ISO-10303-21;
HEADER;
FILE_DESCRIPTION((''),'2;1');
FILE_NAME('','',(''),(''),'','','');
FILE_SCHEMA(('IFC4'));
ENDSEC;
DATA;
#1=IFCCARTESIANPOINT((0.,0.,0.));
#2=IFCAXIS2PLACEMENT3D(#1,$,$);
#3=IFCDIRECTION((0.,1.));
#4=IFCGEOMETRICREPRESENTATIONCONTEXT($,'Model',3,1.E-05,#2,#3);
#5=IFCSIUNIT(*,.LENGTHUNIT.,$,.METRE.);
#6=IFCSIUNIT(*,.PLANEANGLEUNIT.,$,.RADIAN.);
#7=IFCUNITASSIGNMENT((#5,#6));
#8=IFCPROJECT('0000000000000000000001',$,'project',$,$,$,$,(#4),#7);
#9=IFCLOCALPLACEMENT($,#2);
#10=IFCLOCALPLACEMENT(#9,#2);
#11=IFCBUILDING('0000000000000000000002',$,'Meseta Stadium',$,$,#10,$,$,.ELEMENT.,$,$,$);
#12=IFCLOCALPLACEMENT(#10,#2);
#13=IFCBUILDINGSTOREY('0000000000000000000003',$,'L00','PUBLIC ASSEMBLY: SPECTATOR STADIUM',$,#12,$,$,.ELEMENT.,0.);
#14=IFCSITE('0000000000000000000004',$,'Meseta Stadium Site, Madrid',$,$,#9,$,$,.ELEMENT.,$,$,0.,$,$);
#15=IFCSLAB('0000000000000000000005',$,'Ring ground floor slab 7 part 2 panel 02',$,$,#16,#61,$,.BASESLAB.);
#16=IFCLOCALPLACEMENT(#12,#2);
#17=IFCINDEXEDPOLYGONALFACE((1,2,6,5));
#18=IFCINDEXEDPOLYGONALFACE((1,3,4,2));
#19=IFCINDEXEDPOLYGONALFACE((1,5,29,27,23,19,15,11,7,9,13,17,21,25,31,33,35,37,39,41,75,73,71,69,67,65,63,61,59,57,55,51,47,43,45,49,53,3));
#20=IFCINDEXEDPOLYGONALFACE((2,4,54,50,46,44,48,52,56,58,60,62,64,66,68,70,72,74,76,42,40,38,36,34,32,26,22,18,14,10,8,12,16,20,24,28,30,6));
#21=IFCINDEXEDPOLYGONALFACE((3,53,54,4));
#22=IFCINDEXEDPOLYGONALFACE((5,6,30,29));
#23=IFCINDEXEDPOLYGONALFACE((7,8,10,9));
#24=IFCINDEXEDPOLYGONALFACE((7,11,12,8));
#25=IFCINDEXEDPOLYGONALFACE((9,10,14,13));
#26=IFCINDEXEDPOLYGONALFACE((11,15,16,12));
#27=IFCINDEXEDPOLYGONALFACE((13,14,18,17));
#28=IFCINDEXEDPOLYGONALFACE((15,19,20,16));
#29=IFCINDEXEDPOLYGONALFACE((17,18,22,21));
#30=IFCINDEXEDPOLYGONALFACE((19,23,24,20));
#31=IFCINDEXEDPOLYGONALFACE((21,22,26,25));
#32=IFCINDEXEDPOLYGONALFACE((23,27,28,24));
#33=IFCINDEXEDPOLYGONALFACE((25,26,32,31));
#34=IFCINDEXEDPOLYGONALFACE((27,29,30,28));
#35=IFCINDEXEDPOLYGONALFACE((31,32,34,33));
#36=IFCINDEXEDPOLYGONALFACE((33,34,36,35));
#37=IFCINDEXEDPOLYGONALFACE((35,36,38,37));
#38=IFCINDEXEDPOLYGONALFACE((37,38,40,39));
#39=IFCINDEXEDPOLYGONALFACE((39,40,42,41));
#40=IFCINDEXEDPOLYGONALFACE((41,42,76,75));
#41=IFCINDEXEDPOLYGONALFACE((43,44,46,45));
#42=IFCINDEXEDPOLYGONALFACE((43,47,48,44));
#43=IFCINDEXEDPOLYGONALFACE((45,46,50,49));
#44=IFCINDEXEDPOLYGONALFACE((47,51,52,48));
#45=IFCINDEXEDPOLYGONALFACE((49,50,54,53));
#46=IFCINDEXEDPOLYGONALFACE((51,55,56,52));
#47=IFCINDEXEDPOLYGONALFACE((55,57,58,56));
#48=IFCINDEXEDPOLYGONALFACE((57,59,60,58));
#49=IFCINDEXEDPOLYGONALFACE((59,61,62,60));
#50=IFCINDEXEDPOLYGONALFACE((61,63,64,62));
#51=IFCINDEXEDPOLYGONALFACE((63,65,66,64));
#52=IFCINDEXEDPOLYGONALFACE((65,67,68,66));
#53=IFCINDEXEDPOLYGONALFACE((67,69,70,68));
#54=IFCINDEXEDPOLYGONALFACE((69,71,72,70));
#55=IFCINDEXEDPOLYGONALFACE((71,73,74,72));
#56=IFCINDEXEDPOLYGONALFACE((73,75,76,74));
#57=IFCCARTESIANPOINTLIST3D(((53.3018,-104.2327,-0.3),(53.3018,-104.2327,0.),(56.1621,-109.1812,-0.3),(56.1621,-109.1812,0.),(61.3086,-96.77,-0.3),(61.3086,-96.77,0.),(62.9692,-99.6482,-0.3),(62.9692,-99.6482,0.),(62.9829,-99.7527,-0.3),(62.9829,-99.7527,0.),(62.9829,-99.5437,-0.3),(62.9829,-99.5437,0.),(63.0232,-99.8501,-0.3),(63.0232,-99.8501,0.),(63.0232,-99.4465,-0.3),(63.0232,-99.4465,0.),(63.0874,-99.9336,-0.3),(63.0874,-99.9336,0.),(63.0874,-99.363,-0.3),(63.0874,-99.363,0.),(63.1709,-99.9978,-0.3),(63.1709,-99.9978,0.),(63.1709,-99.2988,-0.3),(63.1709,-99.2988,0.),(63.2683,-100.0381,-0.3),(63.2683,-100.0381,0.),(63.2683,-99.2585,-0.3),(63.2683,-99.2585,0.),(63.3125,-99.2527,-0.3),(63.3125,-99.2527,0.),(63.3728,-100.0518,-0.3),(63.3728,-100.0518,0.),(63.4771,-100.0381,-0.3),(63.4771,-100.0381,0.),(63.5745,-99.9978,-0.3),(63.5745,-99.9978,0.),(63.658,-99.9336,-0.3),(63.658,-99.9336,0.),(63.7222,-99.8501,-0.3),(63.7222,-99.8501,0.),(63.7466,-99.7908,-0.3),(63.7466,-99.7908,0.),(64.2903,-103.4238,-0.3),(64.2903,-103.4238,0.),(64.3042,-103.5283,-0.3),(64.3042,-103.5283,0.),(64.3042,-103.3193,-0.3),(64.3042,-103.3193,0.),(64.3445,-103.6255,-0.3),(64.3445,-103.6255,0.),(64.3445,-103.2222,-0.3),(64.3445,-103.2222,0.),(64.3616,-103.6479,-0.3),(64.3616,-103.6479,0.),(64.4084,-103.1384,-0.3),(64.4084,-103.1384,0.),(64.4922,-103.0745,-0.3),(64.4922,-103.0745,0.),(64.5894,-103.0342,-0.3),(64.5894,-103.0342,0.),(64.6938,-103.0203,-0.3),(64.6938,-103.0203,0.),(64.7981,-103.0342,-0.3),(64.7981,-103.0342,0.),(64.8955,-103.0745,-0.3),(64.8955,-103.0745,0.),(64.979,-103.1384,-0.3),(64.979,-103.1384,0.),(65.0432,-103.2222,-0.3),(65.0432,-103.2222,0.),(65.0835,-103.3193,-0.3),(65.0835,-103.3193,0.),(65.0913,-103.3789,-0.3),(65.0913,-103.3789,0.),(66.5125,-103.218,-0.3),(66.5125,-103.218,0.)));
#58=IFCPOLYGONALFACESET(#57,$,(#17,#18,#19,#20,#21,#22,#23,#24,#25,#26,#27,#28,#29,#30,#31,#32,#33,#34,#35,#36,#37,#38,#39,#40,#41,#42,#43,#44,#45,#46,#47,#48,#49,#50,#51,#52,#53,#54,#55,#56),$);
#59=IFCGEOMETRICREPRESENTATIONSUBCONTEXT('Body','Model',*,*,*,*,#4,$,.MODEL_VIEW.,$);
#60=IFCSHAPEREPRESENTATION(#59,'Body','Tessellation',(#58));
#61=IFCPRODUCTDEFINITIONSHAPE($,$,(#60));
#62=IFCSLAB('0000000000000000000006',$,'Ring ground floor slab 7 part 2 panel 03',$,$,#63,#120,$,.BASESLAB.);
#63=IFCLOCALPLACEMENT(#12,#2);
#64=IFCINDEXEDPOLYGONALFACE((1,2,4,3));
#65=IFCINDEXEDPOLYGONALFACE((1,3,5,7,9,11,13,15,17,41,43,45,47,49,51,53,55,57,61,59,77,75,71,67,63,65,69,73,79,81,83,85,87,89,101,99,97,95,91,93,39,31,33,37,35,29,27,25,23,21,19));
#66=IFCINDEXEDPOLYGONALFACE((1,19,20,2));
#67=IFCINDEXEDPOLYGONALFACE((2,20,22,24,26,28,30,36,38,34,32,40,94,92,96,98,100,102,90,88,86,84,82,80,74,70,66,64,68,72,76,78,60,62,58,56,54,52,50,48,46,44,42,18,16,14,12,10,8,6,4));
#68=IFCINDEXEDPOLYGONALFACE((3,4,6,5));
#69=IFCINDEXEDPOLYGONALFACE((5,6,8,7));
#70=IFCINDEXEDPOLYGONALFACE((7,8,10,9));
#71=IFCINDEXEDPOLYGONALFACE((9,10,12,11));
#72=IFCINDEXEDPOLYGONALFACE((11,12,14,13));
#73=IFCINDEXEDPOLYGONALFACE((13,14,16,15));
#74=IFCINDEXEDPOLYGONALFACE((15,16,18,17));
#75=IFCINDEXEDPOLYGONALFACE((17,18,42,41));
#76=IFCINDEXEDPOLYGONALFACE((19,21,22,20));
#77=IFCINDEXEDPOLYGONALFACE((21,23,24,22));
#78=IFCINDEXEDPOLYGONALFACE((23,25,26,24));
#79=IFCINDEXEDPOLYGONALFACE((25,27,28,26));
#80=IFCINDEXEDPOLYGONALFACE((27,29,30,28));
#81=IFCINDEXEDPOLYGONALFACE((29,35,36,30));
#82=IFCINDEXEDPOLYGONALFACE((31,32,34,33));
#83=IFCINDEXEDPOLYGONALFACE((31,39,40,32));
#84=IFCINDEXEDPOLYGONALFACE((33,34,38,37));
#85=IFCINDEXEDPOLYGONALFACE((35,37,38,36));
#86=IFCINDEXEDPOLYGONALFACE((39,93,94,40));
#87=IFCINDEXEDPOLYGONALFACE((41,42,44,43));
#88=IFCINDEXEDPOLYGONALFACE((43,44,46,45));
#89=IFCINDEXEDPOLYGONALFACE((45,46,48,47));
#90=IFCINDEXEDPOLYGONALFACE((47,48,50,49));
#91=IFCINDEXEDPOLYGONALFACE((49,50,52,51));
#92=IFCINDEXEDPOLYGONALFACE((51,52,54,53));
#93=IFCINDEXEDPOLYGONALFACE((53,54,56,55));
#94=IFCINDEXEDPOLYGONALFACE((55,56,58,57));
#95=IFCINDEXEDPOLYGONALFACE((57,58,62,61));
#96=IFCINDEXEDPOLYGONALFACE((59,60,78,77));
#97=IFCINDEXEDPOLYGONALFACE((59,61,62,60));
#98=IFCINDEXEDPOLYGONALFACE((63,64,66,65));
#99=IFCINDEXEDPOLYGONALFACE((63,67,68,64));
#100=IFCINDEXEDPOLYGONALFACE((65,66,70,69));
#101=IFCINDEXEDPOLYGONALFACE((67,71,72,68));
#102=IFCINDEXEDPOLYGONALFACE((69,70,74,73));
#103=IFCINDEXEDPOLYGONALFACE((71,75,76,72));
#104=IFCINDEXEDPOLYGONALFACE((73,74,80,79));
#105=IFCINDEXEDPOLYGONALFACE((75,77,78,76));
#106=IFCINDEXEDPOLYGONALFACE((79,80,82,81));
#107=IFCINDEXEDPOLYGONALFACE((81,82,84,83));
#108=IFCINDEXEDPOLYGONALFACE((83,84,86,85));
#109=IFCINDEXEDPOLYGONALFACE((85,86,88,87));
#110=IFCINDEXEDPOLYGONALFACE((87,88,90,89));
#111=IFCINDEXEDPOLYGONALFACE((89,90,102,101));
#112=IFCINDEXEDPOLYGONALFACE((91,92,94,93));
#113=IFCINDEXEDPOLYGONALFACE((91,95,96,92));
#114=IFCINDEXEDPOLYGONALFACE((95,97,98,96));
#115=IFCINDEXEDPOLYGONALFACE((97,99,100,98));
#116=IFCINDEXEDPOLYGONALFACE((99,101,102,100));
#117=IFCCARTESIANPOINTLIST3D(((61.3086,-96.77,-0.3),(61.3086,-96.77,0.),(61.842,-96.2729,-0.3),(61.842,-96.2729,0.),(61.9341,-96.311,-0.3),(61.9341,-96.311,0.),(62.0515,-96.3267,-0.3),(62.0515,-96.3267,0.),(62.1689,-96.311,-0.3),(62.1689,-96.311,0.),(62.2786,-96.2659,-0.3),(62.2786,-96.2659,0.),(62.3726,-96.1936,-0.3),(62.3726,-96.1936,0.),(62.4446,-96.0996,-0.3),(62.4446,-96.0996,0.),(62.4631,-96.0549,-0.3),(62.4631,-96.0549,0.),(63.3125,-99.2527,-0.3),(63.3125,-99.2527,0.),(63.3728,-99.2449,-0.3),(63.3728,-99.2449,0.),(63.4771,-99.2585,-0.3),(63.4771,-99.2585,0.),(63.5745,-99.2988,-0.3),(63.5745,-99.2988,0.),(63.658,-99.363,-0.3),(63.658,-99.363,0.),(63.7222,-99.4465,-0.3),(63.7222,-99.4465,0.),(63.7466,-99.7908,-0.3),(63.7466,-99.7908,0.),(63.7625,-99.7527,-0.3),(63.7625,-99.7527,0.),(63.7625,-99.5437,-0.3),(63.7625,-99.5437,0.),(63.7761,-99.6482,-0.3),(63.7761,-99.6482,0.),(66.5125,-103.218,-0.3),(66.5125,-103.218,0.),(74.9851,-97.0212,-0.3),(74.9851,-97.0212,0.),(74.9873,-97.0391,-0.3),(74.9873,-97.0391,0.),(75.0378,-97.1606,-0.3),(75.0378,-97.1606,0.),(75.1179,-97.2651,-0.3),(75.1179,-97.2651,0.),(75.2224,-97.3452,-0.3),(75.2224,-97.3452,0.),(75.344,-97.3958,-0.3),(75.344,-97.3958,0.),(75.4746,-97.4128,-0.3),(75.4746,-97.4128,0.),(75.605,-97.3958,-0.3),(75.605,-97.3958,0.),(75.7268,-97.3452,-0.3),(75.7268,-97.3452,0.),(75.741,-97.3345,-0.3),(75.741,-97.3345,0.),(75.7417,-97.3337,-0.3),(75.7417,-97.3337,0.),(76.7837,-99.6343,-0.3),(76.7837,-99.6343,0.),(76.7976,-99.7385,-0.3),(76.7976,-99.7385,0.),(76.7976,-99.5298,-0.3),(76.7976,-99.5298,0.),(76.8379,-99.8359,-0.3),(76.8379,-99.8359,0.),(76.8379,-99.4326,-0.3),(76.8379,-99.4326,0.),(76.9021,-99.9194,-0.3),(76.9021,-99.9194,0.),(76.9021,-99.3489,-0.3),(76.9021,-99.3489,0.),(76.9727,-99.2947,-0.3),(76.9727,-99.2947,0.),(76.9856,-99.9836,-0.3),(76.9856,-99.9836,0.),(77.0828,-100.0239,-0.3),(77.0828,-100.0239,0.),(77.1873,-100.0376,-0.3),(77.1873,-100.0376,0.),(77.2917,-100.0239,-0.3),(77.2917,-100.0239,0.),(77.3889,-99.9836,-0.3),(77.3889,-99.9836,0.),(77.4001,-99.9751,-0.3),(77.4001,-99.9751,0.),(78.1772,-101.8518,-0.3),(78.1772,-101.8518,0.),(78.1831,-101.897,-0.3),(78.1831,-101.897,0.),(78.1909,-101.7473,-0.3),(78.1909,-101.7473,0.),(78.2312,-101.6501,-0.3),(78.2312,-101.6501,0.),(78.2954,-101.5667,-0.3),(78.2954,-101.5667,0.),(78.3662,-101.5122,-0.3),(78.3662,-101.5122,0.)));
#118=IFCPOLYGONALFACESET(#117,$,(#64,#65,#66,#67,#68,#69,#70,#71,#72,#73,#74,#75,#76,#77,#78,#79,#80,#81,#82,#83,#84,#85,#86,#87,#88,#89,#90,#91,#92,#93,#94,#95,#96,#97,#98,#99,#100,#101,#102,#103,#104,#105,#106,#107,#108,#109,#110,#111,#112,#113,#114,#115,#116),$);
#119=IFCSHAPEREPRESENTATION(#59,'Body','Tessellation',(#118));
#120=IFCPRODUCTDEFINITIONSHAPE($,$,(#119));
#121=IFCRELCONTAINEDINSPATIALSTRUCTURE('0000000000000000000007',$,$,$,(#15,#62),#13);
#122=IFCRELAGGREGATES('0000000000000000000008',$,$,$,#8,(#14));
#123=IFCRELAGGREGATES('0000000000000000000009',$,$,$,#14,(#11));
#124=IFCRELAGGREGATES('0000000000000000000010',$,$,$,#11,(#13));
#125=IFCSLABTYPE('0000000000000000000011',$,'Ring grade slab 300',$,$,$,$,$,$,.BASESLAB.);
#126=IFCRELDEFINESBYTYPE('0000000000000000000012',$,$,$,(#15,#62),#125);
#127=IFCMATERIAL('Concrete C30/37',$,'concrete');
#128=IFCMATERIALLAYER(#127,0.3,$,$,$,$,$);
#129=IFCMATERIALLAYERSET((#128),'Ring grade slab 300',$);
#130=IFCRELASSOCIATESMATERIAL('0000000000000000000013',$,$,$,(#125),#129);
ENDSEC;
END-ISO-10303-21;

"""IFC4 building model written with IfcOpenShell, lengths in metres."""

from ifc_helpers import new_model, si_unit, direction, frame, origin, place, context, subcontext, project, spatial, polyline, outline, extrude, material, layer, layer_set, type_object, element, save


model = new_model("IFC4")

# Units and contexts
model_context = context("Model", 3, precision=1e-05, world=origin(), true_north=direction((0.0, 1.0)))
body_context = subcontext(model_context, "Body", "Model", "MODEL_VIEW")
ifc_project = project(units=[si_unit("LENGTHUNIT", "METRE"), si_unit("PLANEANGLEUNIT", "RADIAN")], contexts=[model_context])

# Site, building, storey
site_placement = place(None, origin())
site = spatial("IfcSite", under=ifc_project, at=site_placement, Name="Meseta Stadium Site, Madrid", CompositionType="ELEMENT", RefElevation=0.0)
building_placement = place(site_placement, origin())
building = spatial("IfcBuilding", under=site, at=building_placement, Name="Meseta Stadium", CompositionType="ELEMENT")
storey_placement = place(building_placement, origin())
storey = spatial("IfcBuildingStorey", under=building, at=storey_placement, Name="L00", Description="PUBLIC ASSEMBLY: SPECTATOR STADIUM", CompositionType="ELEMENT", Elevation=0.0)

# Slabs
ifc_material_1 = material(Name="Concrete C30/37", Category="concrete")
ifc_layer_1 = layer(ifc_material_1, 0.3)
ifc_layer_set_1 = layer_set([ifc_layer_1], Name="Ring grade slab 300")
slab_type_1 = type_object("IfcSlabType", Name="Ring grade slab 300", PredefinedType="BASESLAB", material=ifc_layer_set_1)
slab_1_placement = place(storey_placement, frame((0.0, 0.0, -0.3)))
element("IfcSlab", 1, at=slab_1_placement, inside=storey, type_object=slab_type_1, Name="Ring ground floor slab 7 part 2 panel 02", PredefinedType="BASESLAB", context=body_context, shape_type="SweptSolid", body=[
    extrude(outline(polyline([(65.0835, -103.3193), (65.0913, -103.3789), (66.5125, -103.218), (63.7466, -99.7908), (63.7222, -99.8501), (63.658, -99.9336), (63.5745, -99.9978), (63.4771, -100.0381), (63.3728, -100.0518), (63.2683, -100.0381), (63.1709, -99.9978), (63.0874, -99.9336), (63.0232, -99.8501), (62.9829, -99.7527), (62.9692, -99.6482), (62.9829, -99.5437), (63.0232, -99.4465), (63.0874, -99.363), (63.1709, -99.2988), (63.2683, -99.2585), (63.3125, -99.2527), (61.3086, -96.77), (53.3018, -104.2327), (56.1621, -109.1812), (64.3616, -103.6479), (64.3445, -103.6255), (64.3042, -103.5283), (64.2903, -103.4238), (64.3042, -103.3193), (64.3445, -103.2222), (64.4084, -103.1384), (64.4922, -103.0745), (64.5894, -103.0342), (64.6938, -103.0203), (64.7981, -103.0342), (64.8955, -103.0745), (64.979, -103.1384), (65.0432, -103.2222), (65.0835, -103.3193)])), origin(), (0.0, 0.0, 1.0), 0.3),
])
slab_2_placement = place(storey_placement, frame((0.0, 0.0, -0.3)))
element("IfcSlab", 2, at=slab_2_placement, inside=storey, type_object=slab_type_1, Name="Ring ground floor slab 7 part 2 panel 03", PredefinedType="BASESLAB", context=body_context, shape_type="SweptSolid", body=[
    extrude(outline(polyline([(78.2954, -101.5667), (78.3662, -101.5122), (77.4001, -99.9751), (77.3889, -99.9836), (77.2917, -100.0239), (77.1873, -100.0376), (77.0828, -100.0239), (76.9856, -99.9836), (76.9021, -99.9194), (76.8379, -99.8359), (76.7976, -99.7385), (76.7837, -99.6343), (76.7976, -99.5298), (76.8379, -99.4326), (76.9021, -99.3489), (76.9727, -99.2947), (75.741, -97.3345), (75.7417, -97.3337), (75.7268, -97.3452), (75.605, -97.3958), (75.4746, -97.4128), (75.344, -97.3958), (75.2224, -97.3452), (75.1179, -97.2651), (75.0378, -97.1606), (74.9873, -97.0391), (74.9851, -97.0212), (62.4631, -96.0549), (62.4446, -96.0996), (62.3726, -96.1936), (62.2786, -96.2659), (62.1689, -96.311), (62.0515, -96.3267), (61.9341, -96.311), (61.842, -96.2729), (61.3086, -96.77), (63.3125, -99.2527), (63.3728, -99.2449), (63.4771, -99.2585), (63.5745, -99.2988), (63.658, -99.363), (63.7222, -99.4465), (63.7625, -99.5437), (63.7761, -99.6482), (63.7625, -99.7527), (63.7466, -99.7908), (66.5125, -103.218), (78.1831, -101.897), (78.1772, -101.8518), (78.1909, -101.7473), (78.2312, -101.6501), (78.2954, -101.5667)])), origin(), (0.0, 0.0, 1.0), 0.3),
])

save(model, "model.ifc")
